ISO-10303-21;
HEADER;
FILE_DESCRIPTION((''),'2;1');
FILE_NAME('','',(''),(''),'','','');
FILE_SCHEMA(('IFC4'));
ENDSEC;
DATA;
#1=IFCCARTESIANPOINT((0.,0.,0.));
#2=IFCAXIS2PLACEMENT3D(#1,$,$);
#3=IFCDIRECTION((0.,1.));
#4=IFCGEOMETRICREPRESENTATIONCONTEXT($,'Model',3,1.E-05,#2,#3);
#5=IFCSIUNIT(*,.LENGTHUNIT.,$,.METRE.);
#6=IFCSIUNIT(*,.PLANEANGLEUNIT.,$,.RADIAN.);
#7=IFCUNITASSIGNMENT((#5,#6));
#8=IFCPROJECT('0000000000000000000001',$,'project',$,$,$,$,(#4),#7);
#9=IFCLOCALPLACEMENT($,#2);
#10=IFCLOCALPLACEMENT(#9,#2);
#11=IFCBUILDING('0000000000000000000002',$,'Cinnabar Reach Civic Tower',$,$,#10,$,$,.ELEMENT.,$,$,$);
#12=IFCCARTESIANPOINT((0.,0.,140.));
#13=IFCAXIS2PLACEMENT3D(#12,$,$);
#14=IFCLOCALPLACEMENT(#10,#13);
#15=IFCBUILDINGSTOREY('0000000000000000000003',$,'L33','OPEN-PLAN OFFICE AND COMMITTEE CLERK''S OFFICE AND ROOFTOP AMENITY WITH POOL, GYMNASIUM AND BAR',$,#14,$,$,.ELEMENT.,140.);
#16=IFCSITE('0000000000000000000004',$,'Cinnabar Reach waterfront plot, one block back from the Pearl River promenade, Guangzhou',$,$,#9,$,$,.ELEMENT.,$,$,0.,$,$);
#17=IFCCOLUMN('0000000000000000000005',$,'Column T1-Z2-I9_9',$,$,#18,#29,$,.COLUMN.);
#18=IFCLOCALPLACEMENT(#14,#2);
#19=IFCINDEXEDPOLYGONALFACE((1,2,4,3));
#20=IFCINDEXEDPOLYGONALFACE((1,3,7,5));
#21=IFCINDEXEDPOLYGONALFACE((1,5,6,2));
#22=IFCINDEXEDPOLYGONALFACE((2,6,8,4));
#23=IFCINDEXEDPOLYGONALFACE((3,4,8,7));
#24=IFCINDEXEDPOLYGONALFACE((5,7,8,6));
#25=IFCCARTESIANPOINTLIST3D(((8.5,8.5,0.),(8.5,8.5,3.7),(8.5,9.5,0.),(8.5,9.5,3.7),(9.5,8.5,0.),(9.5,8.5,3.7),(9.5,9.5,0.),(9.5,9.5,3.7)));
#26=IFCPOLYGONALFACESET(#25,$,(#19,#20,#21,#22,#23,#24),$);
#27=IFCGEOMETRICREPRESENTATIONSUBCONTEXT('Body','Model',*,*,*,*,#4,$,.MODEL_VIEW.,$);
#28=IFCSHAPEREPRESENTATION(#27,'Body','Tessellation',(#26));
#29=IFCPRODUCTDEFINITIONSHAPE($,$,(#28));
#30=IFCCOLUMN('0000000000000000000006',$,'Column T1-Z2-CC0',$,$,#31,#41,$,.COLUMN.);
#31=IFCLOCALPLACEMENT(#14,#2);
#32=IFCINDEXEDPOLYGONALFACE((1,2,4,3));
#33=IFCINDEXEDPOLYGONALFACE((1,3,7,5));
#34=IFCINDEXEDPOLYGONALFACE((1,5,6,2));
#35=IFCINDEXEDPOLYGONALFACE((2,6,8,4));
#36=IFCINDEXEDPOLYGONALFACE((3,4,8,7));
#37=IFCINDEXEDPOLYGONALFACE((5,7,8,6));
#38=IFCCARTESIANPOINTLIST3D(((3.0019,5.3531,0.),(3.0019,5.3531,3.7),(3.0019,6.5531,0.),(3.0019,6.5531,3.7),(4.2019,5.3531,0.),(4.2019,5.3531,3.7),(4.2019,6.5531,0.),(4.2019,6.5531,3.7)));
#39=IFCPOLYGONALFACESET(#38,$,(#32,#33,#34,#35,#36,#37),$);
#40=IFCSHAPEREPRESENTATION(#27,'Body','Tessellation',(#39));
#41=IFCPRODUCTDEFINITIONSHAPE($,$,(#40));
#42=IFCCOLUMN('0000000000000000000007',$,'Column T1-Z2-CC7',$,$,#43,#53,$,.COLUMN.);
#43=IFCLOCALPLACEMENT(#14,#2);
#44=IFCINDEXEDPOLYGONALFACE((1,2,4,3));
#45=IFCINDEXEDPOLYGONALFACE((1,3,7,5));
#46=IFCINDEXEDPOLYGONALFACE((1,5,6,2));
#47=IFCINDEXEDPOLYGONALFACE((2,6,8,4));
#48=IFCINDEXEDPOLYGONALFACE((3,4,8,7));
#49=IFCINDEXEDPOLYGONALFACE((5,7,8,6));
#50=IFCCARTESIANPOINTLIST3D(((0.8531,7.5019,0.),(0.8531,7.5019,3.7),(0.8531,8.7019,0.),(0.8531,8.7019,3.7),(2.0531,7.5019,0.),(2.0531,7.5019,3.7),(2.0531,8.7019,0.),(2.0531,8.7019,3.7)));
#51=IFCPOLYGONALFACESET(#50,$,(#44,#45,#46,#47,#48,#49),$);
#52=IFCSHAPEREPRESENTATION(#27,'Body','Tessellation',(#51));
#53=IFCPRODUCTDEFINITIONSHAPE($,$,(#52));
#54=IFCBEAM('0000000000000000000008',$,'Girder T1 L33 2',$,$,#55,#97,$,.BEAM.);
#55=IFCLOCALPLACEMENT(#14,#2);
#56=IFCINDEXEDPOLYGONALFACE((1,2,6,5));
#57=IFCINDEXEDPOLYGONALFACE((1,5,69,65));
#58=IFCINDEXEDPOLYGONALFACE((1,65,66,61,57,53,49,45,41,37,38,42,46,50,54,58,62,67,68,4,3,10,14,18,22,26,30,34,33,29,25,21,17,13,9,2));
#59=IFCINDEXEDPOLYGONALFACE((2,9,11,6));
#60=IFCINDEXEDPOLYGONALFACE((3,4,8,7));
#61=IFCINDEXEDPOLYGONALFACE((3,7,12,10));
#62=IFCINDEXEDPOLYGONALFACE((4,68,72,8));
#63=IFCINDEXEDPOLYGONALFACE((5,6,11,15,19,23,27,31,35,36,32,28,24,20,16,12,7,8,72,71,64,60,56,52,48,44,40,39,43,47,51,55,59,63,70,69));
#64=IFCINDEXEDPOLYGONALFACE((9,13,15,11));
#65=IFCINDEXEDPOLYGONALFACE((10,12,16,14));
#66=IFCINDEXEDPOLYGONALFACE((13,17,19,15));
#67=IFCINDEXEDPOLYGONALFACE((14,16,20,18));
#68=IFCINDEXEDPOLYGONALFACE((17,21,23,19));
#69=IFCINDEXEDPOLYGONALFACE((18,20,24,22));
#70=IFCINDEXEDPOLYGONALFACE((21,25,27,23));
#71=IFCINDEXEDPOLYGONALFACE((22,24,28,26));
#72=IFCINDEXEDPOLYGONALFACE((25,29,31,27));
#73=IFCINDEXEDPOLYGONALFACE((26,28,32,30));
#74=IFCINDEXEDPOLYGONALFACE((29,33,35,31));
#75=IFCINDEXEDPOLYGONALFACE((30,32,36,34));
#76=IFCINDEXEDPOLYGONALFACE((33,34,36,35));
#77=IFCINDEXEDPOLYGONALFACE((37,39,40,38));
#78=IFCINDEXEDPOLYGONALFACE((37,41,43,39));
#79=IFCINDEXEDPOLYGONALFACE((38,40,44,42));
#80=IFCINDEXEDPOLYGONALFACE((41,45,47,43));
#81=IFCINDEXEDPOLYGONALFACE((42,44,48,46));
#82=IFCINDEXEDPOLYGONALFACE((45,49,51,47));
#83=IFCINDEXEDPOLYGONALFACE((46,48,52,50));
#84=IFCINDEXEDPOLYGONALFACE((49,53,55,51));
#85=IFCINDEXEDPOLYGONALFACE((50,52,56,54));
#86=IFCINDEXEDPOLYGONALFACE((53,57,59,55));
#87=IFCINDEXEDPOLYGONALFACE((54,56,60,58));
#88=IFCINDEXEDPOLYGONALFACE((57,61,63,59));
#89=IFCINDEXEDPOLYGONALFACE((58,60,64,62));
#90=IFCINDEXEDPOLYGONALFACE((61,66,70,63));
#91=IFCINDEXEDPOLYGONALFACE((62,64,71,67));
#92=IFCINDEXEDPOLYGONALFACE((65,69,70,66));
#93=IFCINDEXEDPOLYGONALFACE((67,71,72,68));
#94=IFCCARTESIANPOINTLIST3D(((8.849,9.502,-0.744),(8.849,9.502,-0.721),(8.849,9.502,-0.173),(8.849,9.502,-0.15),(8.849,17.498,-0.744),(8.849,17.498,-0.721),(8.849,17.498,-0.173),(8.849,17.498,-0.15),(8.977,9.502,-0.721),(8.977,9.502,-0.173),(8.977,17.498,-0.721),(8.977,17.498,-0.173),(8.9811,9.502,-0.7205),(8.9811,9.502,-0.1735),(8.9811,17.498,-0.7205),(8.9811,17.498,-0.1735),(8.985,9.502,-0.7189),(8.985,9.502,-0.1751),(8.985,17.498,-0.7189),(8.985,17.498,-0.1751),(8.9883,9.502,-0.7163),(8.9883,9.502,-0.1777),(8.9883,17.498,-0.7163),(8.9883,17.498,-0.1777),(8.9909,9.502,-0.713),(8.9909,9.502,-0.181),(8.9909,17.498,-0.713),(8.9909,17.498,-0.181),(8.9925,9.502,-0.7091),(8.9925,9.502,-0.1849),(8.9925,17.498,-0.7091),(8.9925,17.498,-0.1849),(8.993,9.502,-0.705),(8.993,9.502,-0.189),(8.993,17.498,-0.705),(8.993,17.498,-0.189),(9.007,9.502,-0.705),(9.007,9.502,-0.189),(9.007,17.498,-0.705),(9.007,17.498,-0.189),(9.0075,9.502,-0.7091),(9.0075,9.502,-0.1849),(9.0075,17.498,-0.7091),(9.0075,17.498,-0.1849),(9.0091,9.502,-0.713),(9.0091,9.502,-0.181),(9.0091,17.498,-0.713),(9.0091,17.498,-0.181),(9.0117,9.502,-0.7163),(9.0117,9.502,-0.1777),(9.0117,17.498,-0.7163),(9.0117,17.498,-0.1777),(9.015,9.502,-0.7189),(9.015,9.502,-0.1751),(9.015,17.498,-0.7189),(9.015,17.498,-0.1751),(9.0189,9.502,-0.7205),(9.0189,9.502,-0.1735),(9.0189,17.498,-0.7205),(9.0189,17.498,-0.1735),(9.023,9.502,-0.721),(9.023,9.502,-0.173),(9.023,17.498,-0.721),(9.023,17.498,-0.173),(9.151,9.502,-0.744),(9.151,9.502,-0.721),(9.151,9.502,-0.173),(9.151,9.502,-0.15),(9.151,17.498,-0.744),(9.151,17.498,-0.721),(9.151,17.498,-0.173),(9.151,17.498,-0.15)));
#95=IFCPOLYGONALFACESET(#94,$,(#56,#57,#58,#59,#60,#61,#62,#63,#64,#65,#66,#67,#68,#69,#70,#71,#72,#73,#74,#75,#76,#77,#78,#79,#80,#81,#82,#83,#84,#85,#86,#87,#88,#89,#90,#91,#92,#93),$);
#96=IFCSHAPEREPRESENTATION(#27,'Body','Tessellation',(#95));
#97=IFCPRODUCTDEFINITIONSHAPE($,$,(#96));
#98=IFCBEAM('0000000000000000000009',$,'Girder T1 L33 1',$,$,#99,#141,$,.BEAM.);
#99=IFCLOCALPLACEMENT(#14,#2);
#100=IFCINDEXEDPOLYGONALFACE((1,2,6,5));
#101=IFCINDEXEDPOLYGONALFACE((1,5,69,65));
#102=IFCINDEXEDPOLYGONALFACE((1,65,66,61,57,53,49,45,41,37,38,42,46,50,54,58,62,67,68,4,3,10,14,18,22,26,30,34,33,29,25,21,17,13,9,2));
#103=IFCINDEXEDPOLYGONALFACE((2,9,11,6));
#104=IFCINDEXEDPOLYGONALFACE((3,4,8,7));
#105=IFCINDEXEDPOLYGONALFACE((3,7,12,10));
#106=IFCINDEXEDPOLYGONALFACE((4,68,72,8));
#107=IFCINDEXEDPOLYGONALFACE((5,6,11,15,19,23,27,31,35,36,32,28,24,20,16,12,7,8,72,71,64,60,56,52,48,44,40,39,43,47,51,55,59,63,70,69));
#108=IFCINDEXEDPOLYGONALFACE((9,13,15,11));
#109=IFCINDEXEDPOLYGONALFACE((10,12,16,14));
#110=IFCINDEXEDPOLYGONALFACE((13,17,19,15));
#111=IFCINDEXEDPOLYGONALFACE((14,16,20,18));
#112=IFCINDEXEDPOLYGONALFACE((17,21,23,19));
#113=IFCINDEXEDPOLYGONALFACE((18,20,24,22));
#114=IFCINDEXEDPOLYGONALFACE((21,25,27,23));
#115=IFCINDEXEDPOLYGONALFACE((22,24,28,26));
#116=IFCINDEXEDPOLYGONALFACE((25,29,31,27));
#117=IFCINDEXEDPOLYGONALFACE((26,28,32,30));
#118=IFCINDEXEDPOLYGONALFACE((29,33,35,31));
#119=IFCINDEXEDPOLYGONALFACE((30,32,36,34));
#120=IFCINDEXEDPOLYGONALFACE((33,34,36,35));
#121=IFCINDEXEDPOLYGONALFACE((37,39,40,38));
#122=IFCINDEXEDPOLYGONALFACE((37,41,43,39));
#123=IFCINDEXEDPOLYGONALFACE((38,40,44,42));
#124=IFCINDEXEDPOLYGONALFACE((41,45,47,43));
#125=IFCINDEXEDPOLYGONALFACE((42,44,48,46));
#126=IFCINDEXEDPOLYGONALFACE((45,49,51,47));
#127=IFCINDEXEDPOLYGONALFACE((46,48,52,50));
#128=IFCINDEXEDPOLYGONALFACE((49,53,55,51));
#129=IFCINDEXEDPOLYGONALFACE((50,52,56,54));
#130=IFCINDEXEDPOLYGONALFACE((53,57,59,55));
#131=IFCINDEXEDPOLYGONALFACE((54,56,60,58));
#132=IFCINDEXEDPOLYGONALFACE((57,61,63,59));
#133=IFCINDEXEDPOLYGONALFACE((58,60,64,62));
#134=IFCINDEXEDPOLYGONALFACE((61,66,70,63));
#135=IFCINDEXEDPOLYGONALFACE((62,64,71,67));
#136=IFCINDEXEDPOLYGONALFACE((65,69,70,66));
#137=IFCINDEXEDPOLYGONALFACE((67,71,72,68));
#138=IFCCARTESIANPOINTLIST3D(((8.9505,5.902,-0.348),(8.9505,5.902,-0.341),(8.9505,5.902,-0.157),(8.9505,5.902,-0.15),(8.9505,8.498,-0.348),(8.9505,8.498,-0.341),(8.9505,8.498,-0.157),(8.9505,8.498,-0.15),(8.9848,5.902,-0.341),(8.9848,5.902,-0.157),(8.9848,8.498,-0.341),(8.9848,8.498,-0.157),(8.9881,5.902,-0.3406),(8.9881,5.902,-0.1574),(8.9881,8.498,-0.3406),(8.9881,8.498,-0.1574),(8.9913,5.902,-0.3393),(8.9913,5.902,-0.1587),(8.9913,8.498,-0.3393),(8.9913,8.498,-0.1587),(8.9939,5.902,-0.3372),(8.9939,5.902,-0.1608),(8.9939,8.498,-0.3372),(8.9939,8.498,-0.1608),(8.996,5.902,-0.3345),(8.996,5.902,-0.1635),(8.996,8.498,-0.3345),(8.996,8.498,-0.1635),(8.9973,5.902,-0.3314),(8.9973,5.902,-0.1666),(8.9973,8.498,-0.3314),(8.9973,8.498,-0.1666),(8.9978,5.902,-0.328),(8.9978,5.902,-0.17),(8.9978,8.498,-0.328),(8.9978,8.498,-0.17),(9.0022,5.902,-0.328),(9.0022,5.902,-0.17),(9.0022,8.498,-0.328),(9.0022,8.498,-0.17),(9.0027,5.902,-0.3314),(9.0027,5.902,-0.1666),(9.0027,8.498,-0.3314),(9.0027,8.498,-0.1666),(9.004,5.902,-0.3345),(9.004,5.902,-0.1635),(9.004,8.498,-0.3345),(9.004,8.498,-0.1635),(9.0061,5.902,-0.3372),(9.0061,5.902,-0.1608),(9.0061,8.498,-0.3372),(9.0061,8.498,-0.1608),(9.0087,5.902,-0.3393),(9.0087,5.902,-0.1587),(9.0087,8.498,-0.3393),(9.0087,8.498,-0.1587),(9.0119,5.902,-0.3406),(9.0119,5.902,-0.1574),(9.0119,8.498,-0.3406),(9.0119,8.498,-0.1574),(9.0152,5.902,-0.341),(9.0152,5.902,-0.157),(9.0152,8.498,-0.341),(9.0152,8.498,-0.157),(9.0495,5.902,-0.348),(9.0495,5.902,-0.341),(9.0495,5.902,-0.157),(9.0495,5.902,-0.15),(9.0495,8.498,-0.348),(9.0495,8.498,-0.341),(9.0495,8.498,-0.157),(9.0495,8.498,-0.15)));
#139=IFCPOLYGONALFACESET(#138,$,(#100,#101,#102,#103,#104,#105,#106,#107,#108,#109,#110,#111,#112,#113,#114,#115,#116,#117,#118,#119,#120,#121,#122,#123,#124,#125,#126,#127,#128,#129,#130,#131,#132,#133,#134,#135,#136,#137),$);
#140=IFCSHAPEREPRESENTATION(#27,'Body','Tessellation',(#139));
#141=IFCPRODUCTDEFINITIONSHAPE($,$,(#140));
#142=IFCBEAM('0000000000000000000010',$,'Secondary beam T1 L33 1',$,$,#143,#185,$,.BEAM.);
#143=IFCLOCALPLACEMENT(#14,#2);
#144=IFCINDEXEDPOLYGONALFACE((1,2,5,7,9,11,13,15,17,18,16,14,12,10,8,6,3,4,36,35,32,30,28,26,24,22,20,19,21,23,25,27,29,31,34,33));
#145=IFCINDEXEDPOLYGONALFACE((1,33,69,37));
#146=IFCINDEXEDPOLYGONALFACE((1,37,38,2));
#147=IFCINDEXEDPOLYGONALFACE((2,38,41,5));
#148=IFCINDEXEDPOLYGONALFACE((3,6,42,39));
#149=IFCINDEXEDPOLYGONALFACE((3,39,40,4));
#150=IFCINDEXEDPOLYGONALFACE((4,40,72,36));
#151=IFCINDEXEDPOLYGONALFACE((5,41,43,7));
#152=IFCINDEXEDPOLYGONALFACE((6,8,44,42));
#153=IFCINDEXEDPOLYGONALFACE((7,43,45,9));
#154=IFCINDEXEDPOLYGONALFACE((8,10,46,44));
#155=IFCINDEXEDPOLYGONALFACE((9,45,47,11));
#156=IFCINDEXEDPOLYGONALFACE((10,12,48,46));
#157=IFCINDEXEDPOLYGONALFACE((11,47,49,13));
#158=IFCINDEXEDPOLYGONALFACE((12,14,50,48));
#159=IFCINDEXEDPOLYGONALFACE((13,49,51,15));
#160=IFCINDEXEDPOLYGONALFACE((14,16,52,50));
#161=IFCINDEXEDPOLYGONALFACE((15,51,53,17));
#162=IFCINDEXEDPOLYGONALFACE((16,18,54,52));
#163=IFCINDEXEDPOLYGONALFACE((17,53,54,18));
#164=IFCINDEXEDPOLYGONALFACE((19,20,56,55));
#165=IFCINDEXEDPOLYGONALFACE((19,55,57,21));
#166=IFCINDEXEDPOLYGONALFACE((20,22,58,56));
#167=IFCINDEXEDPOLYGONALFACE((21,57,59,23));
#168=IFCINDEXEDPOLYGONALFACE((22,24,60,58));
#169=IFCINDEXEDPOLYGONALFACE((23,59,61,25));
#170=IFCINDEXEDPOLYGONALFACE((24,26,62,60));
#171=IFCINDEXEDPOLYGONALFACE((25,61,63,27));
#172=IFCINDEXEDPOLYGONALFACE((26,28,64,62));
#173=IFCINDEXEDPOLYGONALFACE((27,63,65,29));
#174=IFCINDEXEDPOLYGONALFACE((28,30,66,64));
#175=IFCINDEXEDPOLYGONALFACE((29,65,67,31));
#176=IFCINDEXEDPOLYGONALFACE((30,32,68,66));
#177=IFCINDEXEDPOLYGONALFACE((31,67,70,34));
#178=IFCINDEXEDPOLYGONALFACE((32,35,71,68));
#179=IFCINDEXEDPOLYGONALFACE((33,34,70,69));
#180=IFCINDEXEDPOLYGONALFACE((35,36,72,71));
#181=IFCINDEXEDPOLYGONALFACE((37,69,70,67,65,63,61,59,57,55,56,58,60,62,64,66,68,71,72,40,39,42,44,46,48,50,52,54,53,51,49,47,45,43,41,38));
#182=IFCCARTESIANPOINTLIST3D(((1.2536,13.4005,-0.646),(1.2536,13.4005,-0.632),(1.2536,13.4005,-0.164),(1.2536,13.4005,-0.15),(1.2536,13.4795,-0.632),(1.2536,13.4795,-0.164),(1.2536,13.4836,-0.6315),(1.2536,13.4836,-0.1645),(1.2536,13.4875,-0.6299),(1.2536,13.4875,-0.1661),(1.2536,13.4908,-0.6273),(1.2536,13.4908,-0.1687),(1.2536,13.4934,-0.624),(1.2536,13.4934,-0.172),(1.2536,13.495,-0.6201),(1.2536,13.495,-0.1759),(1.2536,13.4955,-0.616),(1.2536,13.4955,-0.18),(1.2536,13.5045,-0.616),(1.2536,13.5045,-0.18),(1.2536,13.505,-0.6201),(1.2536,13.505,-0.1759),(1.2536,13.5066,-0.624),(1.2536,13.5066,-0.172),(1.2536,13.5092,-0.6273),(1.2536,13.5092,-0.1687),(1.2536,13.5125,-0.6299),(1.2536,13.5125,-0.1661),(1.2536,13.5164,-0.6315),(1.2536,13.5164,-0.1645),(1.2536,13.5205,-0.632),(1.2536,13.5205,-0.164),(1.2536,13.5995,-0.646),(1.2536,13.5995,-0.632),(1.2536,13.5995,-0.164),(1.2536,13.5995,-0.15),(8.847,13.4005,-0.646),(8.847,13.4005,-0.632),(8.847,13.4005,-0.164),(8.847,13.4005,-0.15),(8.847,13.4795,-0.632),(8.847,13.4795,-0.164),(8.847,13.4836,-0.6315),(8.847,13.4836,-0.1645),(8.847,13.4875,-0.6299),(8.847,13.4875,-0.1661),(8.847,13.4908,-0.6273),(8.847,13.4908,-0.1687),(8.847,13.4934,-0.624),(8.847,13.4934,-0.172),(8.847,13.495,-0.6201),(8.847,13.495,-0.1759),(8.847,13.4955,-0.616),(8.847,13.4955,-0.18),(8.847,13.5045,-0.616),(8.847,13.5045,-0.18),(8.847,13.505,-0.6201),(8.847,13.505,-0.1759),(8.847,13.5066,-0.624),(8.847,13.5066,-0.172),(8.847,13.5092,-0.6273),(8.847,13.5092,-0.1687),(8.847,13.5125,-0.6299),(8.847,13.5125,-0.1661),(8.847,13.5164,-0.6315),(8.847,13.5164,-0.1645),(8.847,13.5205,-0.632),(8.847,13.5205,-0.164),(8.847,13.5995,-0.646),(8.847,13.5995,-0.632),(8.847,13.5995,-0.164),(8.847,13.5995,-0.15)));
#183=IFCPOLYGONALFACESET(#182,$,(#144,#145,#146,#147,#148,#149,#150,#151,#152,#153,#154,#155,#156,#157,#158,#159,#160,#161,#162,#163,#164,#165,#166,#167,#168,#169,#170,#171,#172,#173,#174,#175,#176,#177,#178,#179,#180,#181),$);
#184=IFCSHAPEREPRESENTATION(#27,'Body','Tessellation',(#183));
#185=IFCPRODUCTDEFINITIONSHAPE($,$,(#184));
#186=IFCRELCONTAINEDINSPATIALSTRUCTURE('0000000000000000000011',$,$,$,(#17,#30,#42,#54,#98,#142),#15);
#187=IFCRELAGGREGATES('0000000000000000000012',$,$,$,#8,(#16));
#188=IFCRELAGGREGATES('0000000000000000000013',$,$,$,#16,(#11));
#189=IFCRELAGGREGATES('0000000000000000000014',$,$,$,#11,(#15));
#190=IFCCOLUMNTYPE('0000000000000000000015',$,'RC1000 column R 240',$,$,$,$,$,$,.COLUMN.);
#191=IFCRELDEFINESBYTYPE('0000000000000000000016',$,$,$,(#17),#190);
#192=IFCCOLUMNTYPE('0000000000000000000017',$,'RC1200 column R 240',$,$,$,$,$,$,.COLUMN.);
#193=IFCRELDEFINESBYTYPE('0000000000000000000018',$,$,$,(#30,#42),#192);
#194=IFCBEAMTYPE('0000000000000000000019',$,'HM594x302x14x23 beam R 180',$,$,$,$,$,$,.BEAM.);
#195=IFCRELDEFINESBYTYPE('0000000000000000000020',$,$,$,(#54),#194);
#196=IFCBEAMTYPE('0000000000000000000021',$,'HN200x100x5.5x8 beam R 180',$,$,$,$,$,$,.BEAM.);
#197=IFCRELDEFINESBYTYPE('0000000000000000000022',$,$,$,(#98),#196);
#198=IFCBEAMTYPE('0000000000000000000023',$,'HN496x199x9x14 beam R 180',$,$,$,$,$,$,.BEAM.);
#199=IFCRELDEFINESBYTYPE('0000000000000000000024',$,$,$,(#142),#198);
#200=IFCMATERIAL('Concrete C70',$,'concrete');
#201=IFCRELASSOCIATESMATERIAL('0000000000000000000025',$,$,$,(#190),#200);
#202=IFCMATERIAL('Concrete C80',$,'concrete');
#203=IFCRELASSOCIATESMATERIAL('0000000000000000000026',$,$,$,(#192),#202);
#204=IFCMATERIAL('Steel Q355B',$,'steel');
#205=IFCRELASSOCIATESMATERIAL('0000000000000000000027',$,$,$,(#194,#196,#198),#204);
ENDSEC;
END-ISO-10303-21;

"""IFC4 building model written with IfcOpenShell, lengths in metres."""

from ifc_helpers import new_model, si_unit, direction, frame, origin, origin_2d, place, context, subcontext, project, spatial, rectangle, i_section, extrude, material, material_profile, profile_set, type_object, element, save


model = new_model("IFC4")

# Units and contexts
model_context = context("Model", 3, precision=1e-05, world=origin(), true_north=direction((0.0, 1.0)))
body_context = subcontext(model_context, "Body", "Model", "MODEL_VIEW")
ifc_project = project(units=[si_unit("LENGTHUNIT", "METRE"), si_unit("PLANEANGLEUNIT", "RADIAN")], contexts=[model_context])

# Site, building, storey
site_placement = place(None, origin())
site = spatial("IfcSite", under=ifc_project, at=site_placement, Name="Cinnabar Reach waterfront plot, one block back from the Pearl River promenade, Guangzhou", CompositionType="ELEMENT", RefElevation=0.0)
building_placement = place(site_placement, origin())
building = spatial("IfcBuilding", under=site, at=building_placement, Name="Cinnabar Reach Civic Tower", CompositionType="ELEMENT")
storey_placement = place(building_placement, frame((0.0, 0.0, 140.0)))
storey = spatial("IfcBuildingStorey", under=building, at=storey_placement, Name="L33", Description="OPEN-PLAN OFFICE AND COMMITTEE CLERK'S OFFICE AND ROOFTOP AMENITY WITH POOL, GYMNASIUM AND BAR", CompositionType="ELEMENT", Elevation=140.0)

# Columns
ifc_material_1 = material(Name="Concrete C70", Category="concrete")
ifc_material_profile_1 = material_profile(ifc_material_1, rectangle(XDim=1.0, YDim=1.0, at=origin_2d()), Name="RC1000")
ifc_profile_set_1 = profile_set([ifc_material_profile_1], Name="Concrete C70")
column_type_1 = type_object("IfcColumnType", Name="RC1000 column R 240", PredefinedType="COLUMN", material=ifc_profile_set_1)
column_placement = place(storey_placement, frame((9.0, 9.0, 0.0), z_axis=(0.0, 0.0, 1.0), x_axis=(1.0, 0.0, 0.0)))
element("IfcColumn", 1, at=column_placement, inside=storey, type_object=column_type_1, Name="Column T1-Z2-I9_9", PredefinedType="COLUMN", context=body_context, shape_type="SweptSolid", body=[
    extrude(rectangle(XDim=1.0, YDim=1.0, at=origin_2d()), origin(), (0.0, 0.0, 1.0), 3.7),
])
ifc_material_2 = material(Name="Concrete C80", Category="concrete")
ifc_material_profile_2 = material_profile(ifc_material_2, rectangle(XDim=1.2, YDim=1.2, at=origin_2d()), Name="RC1200")
ifc_profile_set_2 = profile_set([ifc_material_profile_2], Name="Concrete C80")
column_type_2 = type_object("IfcColumnType", Name="RC1200 column R 240", PredefinedType="COLUMN", material=ifc_profile_set_2)
for number, where, z_axis, x_axis, name in (
    (2, (3.6019, 5.9531, 0.0), (0.0, 0.0, 1.0), (1.0, 0.0, 0.0), "Column T1-Z2-CC0"),
    (3, (1.4531, 8.1019, 0.0), (0.0, 0.0, 1.0), (1.0, 0.0, 0.0), "Column T1-Z2-CC7"),
):
    element("IfcColumn", number, at=place(storey_placement, frame(where, z_axis=z_axis, x_axis=x_axis)), inside=storey, type_object=column_type_2, Name=name, PredefinedType="COLUMN", context=body_context, shape_type="SweptSolid", body=[
        extrude(rectangle(XDim=1.2, YDim=1.2, at=origin_2d()), origin(), (0.0, 0.0, 1.0), 3.7),
    ])

# Beams
ifc_material_3 = material(Name="Steel Q355B", Category="steel")
ifc_material_profile_3 = material_profile(ifc_material_3, i_section(OverallWidth=0.302, OverallDepth=0.594, WebThickness=0.014, FlangeThickness=0.023, FilletRadius=0.016, at=origin_2d()), Name="HM594x302x14x23")
ifc_profile_set_3 = profile_set([ifc_material_profile_3], Name="Steel Q355B")
beam_type_1 = type_object("IfcBeamType", Name="HM594x302x14x23 beam R 180", PredefinedType="BEAM", material=ifc_profile_set_3)
beam_1_placement = place(storey_placement, frame((9.0, 9.502, -0.447), z_axis=(0.0, 1.0, 0.0), x_axis=(-1.0, 0.0, 0.0)))
element("IfcBeam", 4, at=beam_1_placement, inside=storey, type_object=beam_type_1, Name="Girder T1 L33 2", PredefinedType="BEAM", context=body_context, shape_type="SweptSolid", body=[
    extrude(i_section(OverallWidth=0.302, OverallDepth=0.594, WebThickness=0.014, FlangeThickness=0.023, FilletRadius=0.016, at=origin_2d()), origin(), (0.0, 0.0, 1.0), 7.996),
])
ifc_material_profile_4 = material_profile(ifc_material_3, i_section(OverallWidth=0.099, OverallDepth=0.198, WebThickness=0.0045, FlangeThickness=0.007, FilletRadius=0.013, at=origin_2d()), Name="HN200x100x5.5x8")
ifc_profile_set_4 = profile_set([ifc_material_profile_4], Name="Steel Q355B")
beam_type_2 = type_object("IfcBeamType", Name="HN200x100x5.5x8 beam R 180", PredefinedType="BEAM", material=ifc_profile_set_4)
beam_2_placement = place(storey_placement, frame((9.0, 5.902, -0.249), z_axis=(0.0, 1.0, 0.0), x_axis=(-1.0, 0.0, 0.0)))
element("IfcBeam", 5, at=beam_2_placement, inside=storey, type_object=beam_type_2, Name="Girder T1 L33 1", PredefinedType="BEAM", context=body_context, shape_type="SweptSolid", body=[
    extrude(i_section(OverallWidth=0.099, OverallDepth=0.198, WebThickness=0.0045, FlangeThickness=0.007, FilletRadius=0.013, at=origin_2d()), origin(), (0.0, 0.0, 1.0), 2.596),
])
ifc_material_profile_5 = material_profile(ifc_material_3, i_section(OverallWidth=0.199, OverallDepth=0.496, WebThickness=0.009, FlangeThickness=0.014, FilletRadius=0.016, at=origin_2d()), Name="HN496x199x9x14")
ifc_profile_set_5 = profile_set([ifc_material_profile_5], Name="Steel Q355B")
beam_type_3 = type_object("IfcBeamType", Name="HN496x199x9x14 beam R 180", PredefinedType="BEAM", material=ifc_profile_set_5)
beam_3_placement = place(storey_placement, frame((1.2536, 13.5, -0.398), z_axis=(1.0, 0.0, 0.0), x_axis=(0.0, 1.0, 0.0)))
element("IfcBeam", 6, at=beam_3_placement, inside=storey, type_object=beam_type_3, Name="Secondary beam T1 L33 1", PredefinedType="BEAM", context=body_context, shape_type="SweptSolid", body=[
    extrude(i_section(OverallWidth=0.199, OverallDepth=0.496, WebThickness=0.009, FlangeThickness=0.014, FilletRadius=0.016, at=origin_2d()), origin(), (0.0, 0.0, 1.0), 7.5934),
])

save(model, "model.ifc")
